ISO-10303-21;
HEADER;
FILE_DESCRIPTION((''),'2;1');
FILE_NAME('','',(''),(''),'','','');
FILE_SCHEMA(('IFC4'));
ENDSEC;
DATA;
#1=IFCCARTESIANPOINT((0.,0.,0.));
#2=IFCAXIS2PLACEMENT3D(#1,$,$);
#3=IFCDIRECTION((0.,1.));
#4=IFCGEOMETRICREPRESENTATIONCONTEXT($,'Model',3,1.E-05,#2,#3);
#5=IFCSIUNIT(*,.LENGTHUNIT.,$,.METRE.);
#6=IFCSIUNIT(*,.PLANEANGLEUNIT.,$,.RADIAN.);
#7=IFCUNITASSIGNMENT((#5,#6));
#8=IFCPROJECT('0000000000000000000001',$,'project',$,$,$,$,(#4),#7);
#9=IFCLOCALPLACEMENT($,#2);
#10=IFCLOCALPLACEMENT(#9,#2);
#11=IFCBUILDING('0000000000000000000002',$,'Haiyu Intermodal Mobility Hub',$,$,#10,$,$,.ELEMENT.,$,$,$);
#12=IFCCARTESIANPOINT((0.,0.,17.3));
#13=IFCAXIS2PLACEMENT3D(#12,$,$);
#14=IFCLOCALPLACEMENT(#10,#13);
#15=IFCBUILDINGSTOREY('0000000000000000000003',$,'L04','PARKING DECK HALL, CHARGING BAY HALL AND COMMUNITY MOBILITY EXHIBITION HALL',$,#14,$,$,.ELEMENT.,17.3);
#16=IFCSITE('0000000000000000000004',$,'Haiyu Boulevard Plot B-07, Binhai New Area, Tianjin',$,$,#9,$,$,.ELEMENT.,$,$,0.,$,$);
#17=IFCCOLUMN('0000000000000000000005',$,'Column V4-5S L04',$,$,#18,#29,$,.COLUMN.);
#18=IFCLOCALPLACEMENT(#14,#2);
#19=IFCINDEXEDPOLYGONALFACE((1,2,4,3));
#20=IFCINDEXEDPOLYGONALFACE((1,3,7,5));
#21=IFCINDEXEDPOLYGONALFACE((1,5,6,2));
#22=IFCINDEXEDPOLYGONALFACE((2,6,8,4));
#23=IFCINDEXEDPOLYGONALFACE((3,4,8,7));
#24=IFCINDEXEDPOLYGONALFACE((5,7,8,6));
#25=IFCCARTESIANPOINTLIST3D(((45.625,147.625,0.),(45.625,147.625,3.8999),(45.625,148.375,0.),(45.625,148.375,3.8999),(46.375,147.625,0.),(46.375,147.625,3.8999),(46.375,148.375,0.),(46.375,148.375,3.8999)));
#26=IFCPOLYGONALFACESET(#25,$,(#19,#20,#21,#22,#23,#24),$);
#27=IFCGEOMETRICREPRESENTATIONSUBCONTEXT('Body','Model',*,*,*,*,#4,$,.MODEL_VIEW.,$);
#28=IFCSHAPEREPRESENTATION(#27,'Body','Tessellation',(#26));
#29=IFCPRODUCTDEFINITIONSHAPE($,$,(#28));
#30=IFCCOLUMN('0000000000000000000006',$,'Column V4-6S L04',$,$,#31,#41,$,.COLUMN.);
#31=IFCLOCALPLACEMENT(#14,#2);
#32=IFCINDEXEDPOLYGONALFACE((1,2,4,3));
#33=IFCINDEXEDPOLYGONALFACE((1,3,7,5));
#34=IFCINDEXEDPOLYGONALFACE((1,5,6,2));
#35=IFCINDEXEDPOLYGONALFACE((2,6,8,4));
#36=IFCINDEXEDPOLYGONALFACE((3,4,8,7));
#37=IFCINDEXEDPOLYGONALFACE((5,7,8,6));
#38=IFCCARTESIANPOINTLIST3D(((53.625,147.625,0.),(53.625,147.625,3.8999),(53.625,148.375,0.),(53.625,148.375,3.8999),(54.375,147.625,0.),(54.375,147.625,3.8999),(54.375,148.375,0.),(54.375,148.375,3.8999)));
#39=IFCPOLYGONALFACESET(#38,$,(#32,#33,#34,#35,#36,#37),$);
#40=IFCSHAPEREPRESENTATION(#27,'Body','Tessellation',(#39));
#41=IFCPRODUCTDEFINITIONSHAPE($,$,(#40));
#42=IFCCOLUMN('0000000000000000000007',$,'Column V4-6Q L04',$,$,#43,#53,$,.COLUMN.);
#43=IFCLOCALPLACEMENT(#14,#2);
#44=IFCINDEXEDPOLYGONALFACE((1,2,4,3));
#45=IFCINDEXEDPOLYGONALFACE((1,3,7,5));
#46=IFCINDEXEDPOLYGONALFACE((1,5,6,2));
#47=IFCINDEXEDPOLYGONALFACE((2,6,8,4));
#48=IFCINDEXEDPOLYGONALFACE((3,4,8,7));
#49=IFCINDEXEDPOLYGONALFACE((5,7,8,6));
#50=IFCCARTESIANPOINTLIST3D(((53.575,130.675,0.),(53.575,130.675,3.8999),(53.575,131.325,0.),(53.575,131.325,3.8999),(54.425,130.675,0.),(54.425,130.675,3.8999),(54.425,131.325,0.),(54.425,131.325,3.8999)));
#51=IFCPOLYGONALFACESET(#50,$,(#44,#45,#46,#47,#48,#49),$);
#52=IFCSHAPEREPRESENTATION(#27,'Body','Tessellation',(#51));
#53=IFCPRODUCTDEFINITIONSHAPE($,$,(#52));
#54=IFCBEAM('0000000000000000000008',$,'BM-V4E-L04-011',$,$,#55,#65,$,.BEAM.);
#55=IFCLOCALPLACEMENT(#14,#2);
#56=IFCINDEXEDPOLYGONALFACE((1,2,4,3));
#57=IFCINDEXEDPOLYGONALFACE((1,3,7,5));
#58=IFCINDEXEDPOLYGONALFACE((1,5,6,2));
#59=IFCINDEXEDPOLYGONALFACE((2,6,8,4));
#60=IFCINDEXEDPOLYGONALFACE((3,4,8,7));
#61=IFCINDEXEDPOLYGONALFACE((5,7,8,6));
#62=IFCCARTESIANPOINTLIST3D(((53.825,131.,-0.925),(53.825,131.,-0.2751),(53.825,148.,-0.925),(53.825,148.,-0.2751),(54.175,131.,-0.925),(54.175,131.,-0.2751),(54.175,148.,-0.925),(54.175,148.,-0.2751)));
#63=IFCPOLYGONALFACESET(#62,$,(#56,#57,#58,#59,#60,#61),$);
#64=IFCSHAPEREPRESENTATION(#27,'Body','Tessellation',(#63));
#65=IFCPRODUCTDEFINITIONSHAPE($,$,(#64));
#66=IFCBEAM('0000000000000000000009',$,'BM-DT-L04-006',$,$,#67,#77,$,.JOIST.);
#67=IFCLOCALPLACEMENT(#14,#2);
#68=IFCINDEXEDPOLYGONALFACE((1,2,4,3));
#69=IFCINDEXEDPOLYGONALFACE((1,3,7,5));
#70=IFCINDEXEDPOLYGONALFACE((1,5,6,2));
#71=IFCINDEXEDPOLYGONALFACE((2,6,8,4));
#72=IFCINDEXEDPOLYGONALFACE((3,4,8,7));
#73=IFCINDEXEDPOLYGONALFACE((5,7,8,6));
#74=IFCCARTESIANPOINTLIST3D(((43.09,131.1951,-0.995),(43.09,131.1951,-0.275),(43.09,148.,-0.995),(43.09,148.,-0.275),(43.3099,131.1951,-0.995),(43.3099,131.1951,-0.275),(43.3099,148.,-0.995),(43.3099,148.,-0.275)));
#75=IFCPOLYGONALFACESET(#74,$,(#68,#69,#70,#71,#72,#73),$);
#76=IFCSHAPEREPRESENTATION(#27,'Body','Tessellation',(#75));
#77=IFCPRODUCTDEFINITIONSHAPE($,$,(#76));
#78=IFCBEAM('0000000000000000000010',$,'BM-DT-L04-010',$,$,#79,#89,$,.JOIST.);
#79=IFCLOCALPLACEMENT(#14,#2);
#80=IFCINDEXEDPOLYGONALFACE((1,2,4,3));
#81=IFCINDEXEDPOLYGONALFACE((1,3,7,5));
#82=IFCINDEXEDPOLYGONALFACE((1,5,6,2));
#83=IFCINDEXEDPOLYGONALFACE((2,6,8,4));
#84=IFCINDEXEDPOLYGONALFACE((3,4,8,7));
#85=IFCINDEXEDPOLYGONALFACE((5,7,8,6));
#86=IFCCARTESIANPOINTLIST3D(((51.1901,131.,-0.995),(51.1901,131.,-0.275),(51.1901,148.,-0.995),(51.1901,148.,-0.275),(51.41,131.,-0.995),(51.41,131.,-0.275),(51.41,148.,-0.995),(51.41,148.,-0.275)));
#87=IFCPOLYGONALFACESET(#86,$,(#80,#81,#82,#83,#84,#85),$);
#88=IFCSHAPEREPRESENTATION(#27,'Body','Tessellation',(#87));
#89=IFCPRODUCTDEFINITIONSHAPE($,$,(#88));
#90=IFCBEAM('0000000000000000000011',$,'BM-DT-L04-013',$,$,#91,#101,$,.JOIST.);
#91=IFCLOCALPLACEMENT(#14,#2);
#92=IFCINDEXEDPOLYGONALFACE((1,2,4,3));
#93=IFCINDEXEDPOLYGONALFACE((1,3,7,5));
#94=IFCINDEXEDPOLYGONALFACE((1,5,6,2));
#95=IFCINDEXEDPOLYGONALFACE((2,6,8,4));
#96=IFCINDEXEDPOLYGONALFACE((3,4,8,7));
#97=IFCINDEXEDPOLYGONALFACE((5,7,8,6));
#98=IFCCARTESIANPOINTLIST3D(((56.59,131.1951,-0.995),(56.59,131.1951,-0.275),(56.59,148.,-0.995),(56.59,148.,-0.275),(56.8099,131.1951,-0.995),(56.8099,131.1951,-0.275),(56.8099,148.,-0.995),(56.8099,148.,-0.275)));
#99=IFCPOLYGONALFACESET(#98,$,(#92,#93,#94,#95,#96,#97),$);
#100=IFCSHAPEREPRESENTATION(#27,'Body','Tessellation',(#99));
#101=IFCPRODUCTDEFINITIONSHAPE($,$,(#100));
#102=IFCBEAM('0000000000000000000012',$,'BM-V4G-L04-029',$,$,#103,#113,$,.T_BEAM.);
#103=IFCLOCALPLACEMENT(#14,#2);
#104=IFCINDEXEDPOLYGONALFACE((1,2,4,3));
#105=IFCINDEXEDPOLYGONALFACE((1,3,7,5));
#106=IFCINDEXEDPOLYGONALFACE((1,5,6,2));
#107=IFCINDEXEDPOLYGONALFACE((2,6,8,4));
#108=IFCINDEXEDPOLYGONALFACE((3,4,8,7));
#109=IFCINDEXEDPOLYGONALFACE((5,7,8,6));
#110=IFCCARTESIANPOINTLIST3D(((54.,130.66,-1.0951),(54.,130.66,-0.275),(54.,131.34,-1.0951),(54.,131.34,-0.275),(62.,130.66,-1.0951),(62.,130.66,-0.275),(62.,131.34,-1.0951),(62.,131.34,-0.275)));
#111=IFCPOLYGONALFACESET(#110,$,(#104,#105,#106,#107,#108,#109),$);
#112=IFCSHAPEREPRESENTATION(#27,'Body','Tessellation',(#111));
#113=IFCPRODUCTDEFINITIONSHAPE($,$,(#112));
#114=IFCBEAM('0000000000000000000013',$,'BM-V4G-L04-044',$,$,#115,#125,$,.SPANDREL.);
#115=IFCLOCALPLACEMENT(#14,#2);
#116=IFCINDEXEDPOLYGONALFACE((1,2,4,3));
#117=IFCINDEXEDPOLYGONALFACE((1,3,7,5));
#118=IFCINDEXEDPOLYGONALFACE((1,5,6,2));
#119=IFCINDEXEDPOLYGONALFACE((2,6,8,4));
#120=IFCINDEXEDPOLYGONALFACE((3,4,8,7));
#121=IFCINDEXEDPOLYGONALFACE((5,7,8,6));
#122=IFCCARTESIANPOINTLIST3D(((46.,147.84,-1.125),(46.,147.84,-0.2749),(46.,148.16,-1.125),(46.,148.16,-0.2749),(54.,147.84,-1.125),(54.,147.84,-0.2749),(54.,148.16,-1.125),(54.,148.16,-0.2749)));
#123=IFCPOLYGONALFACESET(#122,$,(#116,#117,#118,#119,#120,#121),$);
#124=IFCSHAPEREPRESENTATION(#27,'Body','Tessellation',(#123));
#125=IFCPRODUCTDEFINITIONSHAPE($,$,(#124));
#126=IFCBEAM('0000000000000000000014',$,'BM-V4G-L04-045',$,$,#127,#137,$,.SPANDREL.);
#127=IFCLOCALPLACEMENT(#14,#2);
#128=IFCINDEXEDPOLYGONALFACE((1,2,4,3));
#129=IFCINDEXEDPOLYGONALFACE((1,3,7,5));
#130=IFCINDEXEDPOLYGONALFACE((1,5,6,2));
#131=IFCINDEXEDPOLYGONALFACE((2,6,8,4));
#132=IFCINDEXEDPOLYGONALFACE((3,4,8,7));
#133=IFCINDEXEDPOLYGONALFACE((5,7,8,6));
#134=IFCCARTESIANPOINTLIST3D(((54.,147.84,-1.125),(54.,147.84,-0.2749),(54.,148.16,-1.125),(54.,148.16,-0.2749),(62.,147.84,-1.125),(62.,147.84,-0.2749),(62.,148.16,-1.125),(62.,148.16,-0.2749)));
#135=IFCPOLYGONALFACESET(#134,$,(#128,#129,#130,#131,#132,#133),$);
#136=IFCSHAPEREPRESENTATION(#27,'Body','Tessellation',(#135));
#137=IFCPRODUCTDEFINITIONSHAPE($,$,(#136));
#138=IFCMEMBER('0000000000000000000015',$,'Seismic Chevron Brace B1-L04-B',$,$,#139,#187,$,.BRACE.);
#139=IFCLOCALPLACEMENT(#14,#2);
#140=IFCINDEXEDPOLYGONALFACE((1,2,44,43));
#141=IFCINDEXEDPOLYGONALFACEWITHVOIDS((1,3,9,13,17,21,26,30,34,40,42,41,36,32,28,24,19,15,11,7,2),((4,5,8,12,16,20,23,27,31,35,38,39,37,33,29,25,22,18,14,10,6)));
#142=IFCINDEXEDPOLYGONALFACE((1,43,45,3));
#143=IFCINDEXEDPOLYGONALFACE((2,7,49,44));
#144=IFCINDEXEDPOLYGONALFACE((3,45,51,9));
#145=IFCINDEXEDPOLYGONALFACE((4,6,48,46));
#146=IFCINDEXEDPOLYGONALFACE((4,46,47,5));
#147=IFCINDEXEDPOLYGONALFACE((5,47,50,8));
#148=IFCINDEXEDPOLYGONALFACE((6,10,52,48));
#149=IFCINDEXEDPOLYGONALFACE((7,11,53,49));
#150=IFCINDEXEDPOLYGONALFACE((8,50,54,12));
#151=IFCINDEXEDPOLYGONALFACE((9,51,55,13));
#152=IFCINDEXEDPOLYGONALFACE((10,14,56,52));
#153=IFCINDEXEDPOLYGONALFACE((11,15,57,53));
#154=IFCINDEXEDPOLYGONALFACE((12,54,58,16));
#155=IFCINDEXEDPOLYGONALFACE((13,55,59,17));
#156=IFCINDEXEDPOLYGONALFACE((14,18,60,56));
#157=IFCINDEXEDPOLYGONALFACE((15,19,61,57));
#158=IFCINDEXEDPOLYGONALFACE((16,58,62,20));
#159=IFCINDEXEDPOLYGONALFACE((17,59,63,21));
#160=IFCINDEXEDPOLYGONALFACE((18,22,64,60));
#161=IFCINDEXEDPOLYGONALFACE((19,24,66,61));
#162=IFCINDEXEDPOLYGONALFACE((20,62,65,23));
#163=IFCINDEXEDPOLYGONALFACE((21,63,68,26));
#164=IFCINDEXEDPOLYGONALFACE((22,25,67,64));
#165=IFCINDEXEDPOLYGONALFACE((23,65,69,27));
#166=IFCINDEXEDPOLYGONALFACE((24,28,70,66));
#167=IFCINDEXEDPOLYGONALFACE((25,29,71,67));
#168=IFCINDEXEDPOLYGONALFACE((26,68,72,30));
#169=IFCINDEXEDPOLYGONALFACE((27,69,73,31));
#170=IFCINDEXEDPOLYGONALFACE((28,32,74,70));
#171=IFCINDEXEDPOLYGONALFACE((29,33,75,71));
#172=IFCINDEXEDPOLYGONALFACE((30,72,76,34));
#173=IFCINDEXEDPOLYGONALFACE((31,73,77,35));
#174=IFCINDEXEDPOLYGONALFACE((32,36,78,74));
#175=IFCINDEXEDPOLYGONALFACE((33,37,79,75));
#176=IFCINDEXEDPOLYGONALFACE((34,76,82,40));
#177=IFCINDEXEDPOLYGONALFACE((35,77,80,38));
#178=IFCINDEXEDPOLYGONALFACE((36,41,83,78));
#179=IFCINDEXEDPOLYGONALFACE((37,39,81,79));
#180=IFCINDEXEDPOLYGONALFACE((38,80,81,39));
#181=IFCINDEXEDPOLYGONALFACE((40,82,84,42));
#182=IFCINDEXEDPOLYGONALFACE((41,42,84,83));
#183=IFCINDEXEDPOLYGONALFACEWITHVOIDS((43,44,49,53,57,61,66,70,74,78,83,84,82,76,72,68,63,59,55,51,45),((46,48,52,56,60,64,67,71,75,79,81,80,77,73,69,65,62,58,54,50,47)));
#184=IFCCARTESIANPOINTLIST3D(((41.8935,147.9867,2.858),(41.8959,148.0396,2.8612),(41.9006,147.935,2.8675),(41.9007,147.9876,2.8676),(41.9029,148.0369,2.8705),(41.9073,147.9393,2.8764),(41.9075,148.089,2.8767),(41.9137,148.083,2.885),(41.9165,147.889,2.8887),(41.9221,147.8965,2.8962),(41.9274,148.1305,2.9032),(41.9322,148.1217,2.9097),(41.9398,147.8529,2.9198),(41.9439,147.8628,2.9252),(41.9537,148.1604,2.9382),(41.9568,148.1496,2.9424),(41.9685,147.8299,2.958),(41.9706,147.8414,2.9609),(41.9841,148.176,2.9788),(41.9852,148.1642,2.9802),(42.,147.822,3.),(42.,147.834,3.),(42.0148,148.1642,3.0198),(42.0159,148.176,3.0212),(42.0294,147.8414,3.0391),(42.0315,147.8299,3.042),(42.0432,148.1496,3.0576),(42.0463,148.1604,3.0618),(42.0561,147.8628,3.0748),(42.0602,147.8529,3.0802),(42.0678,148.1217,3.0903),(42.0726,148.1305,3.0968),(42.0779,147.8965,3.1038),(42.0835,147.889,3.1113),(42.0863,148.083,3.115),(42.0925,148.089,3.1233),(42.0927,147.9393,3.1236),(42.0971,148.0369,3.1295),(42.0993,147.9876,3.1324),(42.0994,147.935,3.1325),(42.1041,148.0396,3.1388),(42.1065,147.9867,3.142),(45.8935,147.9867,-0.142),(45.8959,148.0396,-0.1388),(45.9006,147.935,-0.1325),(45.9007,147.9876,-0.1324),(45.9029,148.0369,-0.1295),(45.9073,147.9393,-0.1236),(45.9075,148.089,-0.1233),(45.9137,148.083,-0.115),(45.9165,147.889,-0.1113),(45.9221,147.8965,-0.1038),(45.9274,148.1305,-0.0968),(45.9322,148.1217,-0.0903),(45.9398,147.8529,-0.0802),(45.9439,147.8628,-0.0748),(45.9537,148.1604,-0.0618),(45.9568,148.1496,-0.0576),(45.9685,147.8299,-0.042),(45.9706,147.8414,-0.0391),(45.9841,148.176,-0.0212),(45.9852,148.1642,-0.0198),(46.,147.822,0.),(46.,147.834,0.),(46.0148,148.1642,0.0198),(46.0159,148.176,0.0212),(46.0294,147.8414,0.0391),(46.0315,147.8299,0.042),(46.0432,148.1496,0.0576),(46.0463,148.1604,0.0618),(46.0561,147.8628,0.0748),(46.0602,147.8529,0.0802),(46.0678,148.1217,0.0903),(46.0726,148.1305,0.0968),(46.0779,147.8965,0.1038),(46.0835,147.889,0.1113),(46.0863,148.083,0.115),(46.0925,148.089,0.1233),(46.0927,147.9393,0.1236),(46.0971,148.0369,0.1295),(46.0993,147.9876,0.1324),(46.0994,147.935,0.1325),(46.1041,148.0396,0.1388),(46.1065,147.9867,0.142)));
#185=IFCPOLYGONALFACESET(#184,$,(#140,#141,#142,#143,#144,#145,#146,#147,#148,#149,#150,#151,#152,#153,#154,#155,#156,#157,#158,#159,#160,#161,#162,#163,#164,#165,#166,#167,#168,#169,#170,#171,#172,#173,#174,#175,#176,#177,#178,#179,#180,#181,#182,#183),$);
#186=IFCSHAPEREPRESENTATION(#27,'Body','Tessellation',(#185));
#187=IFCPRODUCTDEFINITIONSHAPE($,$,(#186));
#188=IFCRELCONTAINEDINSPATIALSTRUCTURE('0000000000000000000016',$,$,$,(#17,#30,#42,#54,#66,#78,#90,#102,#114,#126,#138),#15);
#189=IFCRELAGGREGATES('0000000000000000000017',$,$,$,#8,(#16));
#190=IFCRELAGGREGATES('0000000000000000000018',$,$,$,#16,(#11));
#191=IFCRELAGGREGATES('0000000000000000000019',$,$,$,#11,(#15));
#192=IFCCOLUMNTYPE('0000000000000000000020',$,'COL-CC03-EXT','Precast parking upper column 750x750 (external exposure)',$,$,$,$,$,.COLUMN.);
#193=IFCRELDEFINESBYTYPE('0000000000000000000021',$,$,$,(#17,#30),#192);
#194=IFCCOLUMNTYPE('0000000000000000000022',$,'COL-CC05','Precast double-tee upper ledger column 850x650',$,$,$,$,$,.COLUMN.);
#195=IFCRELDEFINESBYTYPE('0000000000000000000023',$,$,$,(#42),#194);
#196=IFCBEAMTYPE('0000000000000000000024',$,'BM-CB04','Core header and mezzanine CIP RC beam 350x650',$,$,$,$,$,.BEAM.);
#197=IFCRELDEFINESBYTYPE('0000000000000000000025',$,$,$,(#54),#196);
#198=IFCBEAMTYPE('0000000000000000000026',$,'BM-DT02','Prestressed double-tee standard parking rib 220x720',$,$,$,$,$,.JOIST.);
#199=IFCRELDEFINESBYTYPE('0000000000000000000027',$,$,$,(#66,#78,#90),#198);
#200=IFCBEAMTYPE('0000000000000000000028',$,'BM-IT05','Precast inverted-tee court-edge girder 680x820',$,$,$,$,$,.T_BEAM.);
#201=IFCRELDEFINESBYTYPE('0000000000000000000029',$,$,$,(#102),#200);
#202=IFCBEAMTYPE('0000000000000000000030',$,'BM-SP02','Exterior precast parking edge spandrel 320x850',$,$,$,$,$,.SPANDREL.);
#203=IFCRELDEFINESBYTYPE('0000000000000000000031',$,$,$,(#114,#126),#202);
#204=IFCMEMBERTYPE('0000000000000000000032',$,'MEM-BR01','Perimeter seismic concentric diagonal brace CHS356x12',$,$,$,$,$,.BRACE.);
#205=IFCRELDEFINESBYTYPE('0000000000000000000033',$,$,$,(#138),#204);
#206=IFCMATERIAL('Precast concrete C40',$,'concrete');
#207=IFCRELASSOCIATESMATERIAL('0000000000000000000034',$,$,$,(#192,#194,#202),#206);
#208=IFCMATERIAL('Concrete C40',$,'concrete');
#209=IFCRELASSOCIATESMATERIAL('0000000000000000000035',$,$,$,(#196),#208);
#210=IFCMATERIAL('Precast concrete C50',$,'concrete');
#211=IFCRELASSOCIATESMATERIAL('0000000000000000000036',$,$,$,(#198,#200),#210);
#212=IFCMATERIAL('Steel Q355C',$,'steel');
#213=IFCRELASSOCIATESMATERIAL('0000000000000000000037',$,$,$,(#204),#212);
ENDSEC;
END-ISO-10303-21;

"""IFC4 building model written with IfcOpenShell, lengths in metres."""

from ifc_helpers import new_model, si_unit, direction, frame, origin, origin_2d, place, context, subcontext, project, spatial, rectangle, hollow_circle, extrude, material, material_profile, profile_set, type_object, element, save


model = new_model("IFC4")

# Units and contexts
model_context = context("Model", 3, precision=1e-05, world=origin(), true_north=direction((0.0, 1.0)))
body_context = subcontext(model_context, "Body", "Model", "MODEL_VIEW")
ifc_project = project(units=[si_unit("LENGTHUNIT", "METRE"), si_unit("PLANEANGLEUNIT", "RADIAN")], contexts=[model_context])

# Site, building, storey
site_placement = place(None, origin())
site = spatial("IfcSite", under=ifc_project, at=site_placement, Name="Haiyu Boulevard Plot B-07, Binhai New Area, Tianjin", CompositionType="ELEMENT", RefElevation=0.0)
building_placement = place(site_placement, origin())
building = spatial("IfcBuilding", under=site, at=building_placement, Name="Haiyu Intermodal Mobility Hub", CompositionType="ELEMENT")
storey_placement = place(building_placement, frame((0.0, 0.0, 17.3)))
storey = spatial("IfcBuildingStorey", under=building, at=storey_placement, Name="L04", Description="PARKING DECK HALL, CHARGING BAY HALL AND COMMUNITY MOBILITY EXHIBITION HALL", CompositionType="ELEMENT", Elevation=17.3)

# Columns
ifc_material_1 = material(Name="Precast concrete C40", Category="concrete")
ifc_material_profile_1 = material_profile(ifc_material_1, rectangle(XDim=0.75, YDim=0.75, at=origin_2d()), Name="RC750x750")
ifc_profile_set_1 = profile_set([ifc_material_profile_1], Name="Precast concrete C40")
column_type_1 = type_object("IfcColumnType", Name="COL-CC03-EXT", Description="Precast parking upper column 750x750 (external exposure)", PredefinedType="COLUMN", material=ifc_profile_set_1)
for number, where, z_axis, x_axis, name in (
    (1, (46.0, 148.0, 0.0), (0.0, 0.0, 1.0), (1.0, 0.0, 0.0), "Column V4-5S L04"),
    (2, (54.0, 148.0, 0.0), (0.0, 0.0, 1.0), (1.0, 0.0, 0.0), "Column V4-6S L04"),
):
    element("IfcColumn", number, at=place(storey_placement, frame(where, z_axis=z_axis, x_axis=x_axis)), inside=storey, type_object=column_type_1, Name=name, PredefinedType="COLUMN", context=body_context, shape_type="SweptSolid", body=[
        extrude(rectangle(XDim=0.75, YDim=0.75, at=origin_2d()), origin(), (0.0, 0.0, 1.0), 3.8999),
    ])
ifc_material_profile_2 = material_profile(ifc_material_1, rectangle(XDim=0.8501, YDim=0.6499, at=origin_2d()), Name="RC850x650")
ifc_profile_set_2 = profile_set([ifc_material_profile_2], Name="Precast concrete C40")
column_type_2 = type_object("IfcColumnType", Name="COL-CC05", Description="Precast double-tee upper ledger column 850x650", PredefinedType="COLUMN", material=ifc_profile_set_2)
column_placement = place(storey_placement, frame((54.0, 131.0, 0.0), z_axis=(0.0, 0.0, 1.0), x_axis=(1.0, 0.0, 0.0)))
element("IfcColumn", 3, at=column_placement, inside=storey, type_object=column_type_2, Name="Column V4-6Q L04", PredefinedType="COLUMN", context=body_context, shape_type="SweptSolid", body=[
    extrude(rectangle(XDim=0.8501, YDim=0.6499, at=origin_2d()), origin(), (0.0, 0.0, 1.0), 3.8999),
])

# Beams
ifc_material_2 = material(Name="Concrete C40", Category="concrete")
ifc_material_profile_3 = material_profile(ifc_material_2, rectangle(XDim=0.3501, YDim=0.6499, at=origin_2d()), Name="RCB350x650")
ifc_profile_set_3 = profile_set([ifc_material_profile_3], Name="Concrete C40")
beam_type_1 = type_object("IfcBeamType", Name="BM-CB04", Description="Core header and mezzanine CIP RC beam 350x650", PredefinedType="BEAM", material=ifc_profile_set_3)
beam_1_placement = place(storey_placement, frame((54.0, 131.0, -0.6001), z_axis=(0.0, 1.0, 0.0), x_axis=(-1.0, 0.0, 0.0)))
element("IfcBeam", 4, at=beam_1_placement, inside=storey, type_object=beam_type_1, Name="BM-V4E-L04-011", PredefinedType="BEAM", context=body_context, shape_type="SweptSolid", body=[
    extrude(rectangle(XDim=0.3501, YDim=0.6499, at=origin_2d()), origin(), (0.0, 0.0, 1.0), 17.0),
])
ifc_material_3 = material(Name="Precast concrete C50", Category="concrete")
ifc_material_profile_4 = material_profile(ifc_material_3, rectangle(XDim=0.22, YDim=0.72, at=origin_2d()), Name="PC220x720")
ifc_profile_set_4 = profile_set([ifc_material_profile_4], Name="Precast concrete C50")
beam_type_2 = type_object("IfcBeamType", Name="BM-DT02", Description="Prestressed double-tee standard parking rib 220x720", PredefinedType="JOIST", material=ifc_profile_set_4)
beam_2_placement = place(storey_placement, frame((43.2, 131.1951, -0.635), z_axis=(0.0, 1.0, 0.0), x_axis=(-1.0, 0.0, 0.0)))
element("IfcBeam", 5, at=beam_2_placement, inside=storey, type_object=beam_type_2, Name="BM-DT-L04-006", PredefinedType="JOIST", context=body_context, shape_type="SweptSolid", body=[
    extrude(rectangle(XDim=0.22, YDim=0.72, at=origin_2d()), origin(), (0.0, 0.0, 1.0), 16.8049),
])
beam_3_placement = place(storey_placement, frame((51.3, 131.0, -0.635), z_axis=(0.0, 1.0, 0.0), x_axis=(-1.0, 0.0, 0.0)))
element("IfcBeam", 6, at=beam_3_placement, inside=storey, type_object=beam_type_2, Name="BM-DT-L04-010", PredefinedType="JOIST", context=body_context, shape_type="SweptSolid", body=[
    extrude(rectangle(XDim=0.22, YDim=0.72, at=origin_2d()), origin(), (0.0, 0.0, 1.0), 17.0),
])
beam_4_placement = place(storey_placement, frame((56.7, 131.1951, -0.635), z_axis=(0.0, 1.0, 0.0), x_axis=(-1.0, 0.0, 0.0)))
element("IfcBeam", 7, at=beam_4_placement, inside=storey, type_object=beam_type_2, Name="BM-DT-L04-013", PredefinedType="JOIST", context=body_context, shape_type="SweptSolid", body=[
    extrude(rectangle(XDim=0.22, YDim=0.72, at=origin_2d()), origin(), (0.0, 0.0, 1.0), 16.8049),
])
ifc_material_profile_5 = material_profile(ifc_material_3, rectangle(XDim=0.6799, YDim=0.8201, at=origin_2d()), Name="B680x820")
ifc_profile_set_5 = profile_set([ifc_material_profile_5], Name="Precast concrete C50")
beam_type_3 = type_object("IfcBeamType", Name="BM-IT05", Description="Precast inverted-tee court-edge girder 680x820", PredefinedType="T_BEAM", material=ifc_profile_set_5)
beam_5_placement = place(storey_placement, frame((54.0, 131.0, -0.6851), z_axis=(1.0, 0.0, 0.0), x_axis=(0.0, 1.0, 0.0)))
element("IfcBeam", 8, at=beam_5_placement, inside=storey, type_object=beam_type_3, Name="BM-V4G-L04-029", PredefinedType="T_BEAM", context=body_context, shape_type="SweptSolid", body=[
    extrude(rectangle(XDim=0.6799, YDim=0.8201, at=origin_2d()), origin(), (0.0, 0.0, 1.0), 8.0),
])
ifc_material_profile_6 = material_profile(ifc_material_1, rectangle(XDim=0.3201, YDim=0.8501, at=origin_2d()), Name="PC320x850")
ifc_profile_set_6 = profile_set([ifc_material_profile_6], Name="Precast concrete C40")
beam_type_4 = type_object("IfcBeamType", Name="BM-SP02", Description="Exterior precast parking edge spandrel 320x850", PredefinedType="SPANDREL", material=ifc_profile_set_6)
for number, where, z_axis, x_axis, name in (
    (9, (46.0, 148.0, -0.7), (1.0, 0.0, 0.0), (0.0, 1.0, 0.0), "BM-V4G-L04-044"),
    (10, (54.0, 148.0, -0.7), (1.0, 0.0, 0.0), (0.0, 1.0, 0.0), "BM-V4G-L04-045"),
):
    element("IfcBeam", number, at=place(storey_placement, frame(where, z_axis=z_axis, x_axis=x_axis)), inside=storey, type_object=beam_type_4, Name=name, PredefinedType="SPANDREL", context=body_context, shape_type="SweptSolid", body=[
        extrude(rectangle(XDim=0.3201, YDim=0.8501, at=origin_2d()), origin(), (0.0, 0.0, 1.0), 8.0),
    ])

# Member
ifc_material_4 = material(Name="Steel Q355C", Category="steel")
ifc_material_profile_7 = material_profile(ifc_material_4, hollow_circle(Radius=0.178, WallThickness=0.012, at=origin_2d()), Name="CHS356x12")
ifc_profile_set_7 = profile_set([ifc_material_profile_7], Name="Steel Q355C")
member_type = type_object("IfcMemberType", Name="MEM-BR01", Description="Perimeter seismic concentric diagonal brace CHS356x12", PredefinedType="BRACE", material=ifc_profile_set_7)
member_placement = place(storey_placement, frame((46.0, 148.0, 0.0), z_axis=(-0.8, 0.0, 0.6), x_axis=(0.0, -1.0, 0.0)))
element("IfcMember", 11, at=member_placement, inside=storey, type_object=member_type, Name="Seismic Chevron Brace B1-L04-B", PredefinedType="BRACE", context=body_context, shape_type="SweptSolid", body=[
    extrude(hollow_circle(Radius=0.178, WallThickness=0.012, at=origin_2d()), origin(), (0.0, 0.0, 1.0), 5.0),
])

save(model, "model.ifc")
